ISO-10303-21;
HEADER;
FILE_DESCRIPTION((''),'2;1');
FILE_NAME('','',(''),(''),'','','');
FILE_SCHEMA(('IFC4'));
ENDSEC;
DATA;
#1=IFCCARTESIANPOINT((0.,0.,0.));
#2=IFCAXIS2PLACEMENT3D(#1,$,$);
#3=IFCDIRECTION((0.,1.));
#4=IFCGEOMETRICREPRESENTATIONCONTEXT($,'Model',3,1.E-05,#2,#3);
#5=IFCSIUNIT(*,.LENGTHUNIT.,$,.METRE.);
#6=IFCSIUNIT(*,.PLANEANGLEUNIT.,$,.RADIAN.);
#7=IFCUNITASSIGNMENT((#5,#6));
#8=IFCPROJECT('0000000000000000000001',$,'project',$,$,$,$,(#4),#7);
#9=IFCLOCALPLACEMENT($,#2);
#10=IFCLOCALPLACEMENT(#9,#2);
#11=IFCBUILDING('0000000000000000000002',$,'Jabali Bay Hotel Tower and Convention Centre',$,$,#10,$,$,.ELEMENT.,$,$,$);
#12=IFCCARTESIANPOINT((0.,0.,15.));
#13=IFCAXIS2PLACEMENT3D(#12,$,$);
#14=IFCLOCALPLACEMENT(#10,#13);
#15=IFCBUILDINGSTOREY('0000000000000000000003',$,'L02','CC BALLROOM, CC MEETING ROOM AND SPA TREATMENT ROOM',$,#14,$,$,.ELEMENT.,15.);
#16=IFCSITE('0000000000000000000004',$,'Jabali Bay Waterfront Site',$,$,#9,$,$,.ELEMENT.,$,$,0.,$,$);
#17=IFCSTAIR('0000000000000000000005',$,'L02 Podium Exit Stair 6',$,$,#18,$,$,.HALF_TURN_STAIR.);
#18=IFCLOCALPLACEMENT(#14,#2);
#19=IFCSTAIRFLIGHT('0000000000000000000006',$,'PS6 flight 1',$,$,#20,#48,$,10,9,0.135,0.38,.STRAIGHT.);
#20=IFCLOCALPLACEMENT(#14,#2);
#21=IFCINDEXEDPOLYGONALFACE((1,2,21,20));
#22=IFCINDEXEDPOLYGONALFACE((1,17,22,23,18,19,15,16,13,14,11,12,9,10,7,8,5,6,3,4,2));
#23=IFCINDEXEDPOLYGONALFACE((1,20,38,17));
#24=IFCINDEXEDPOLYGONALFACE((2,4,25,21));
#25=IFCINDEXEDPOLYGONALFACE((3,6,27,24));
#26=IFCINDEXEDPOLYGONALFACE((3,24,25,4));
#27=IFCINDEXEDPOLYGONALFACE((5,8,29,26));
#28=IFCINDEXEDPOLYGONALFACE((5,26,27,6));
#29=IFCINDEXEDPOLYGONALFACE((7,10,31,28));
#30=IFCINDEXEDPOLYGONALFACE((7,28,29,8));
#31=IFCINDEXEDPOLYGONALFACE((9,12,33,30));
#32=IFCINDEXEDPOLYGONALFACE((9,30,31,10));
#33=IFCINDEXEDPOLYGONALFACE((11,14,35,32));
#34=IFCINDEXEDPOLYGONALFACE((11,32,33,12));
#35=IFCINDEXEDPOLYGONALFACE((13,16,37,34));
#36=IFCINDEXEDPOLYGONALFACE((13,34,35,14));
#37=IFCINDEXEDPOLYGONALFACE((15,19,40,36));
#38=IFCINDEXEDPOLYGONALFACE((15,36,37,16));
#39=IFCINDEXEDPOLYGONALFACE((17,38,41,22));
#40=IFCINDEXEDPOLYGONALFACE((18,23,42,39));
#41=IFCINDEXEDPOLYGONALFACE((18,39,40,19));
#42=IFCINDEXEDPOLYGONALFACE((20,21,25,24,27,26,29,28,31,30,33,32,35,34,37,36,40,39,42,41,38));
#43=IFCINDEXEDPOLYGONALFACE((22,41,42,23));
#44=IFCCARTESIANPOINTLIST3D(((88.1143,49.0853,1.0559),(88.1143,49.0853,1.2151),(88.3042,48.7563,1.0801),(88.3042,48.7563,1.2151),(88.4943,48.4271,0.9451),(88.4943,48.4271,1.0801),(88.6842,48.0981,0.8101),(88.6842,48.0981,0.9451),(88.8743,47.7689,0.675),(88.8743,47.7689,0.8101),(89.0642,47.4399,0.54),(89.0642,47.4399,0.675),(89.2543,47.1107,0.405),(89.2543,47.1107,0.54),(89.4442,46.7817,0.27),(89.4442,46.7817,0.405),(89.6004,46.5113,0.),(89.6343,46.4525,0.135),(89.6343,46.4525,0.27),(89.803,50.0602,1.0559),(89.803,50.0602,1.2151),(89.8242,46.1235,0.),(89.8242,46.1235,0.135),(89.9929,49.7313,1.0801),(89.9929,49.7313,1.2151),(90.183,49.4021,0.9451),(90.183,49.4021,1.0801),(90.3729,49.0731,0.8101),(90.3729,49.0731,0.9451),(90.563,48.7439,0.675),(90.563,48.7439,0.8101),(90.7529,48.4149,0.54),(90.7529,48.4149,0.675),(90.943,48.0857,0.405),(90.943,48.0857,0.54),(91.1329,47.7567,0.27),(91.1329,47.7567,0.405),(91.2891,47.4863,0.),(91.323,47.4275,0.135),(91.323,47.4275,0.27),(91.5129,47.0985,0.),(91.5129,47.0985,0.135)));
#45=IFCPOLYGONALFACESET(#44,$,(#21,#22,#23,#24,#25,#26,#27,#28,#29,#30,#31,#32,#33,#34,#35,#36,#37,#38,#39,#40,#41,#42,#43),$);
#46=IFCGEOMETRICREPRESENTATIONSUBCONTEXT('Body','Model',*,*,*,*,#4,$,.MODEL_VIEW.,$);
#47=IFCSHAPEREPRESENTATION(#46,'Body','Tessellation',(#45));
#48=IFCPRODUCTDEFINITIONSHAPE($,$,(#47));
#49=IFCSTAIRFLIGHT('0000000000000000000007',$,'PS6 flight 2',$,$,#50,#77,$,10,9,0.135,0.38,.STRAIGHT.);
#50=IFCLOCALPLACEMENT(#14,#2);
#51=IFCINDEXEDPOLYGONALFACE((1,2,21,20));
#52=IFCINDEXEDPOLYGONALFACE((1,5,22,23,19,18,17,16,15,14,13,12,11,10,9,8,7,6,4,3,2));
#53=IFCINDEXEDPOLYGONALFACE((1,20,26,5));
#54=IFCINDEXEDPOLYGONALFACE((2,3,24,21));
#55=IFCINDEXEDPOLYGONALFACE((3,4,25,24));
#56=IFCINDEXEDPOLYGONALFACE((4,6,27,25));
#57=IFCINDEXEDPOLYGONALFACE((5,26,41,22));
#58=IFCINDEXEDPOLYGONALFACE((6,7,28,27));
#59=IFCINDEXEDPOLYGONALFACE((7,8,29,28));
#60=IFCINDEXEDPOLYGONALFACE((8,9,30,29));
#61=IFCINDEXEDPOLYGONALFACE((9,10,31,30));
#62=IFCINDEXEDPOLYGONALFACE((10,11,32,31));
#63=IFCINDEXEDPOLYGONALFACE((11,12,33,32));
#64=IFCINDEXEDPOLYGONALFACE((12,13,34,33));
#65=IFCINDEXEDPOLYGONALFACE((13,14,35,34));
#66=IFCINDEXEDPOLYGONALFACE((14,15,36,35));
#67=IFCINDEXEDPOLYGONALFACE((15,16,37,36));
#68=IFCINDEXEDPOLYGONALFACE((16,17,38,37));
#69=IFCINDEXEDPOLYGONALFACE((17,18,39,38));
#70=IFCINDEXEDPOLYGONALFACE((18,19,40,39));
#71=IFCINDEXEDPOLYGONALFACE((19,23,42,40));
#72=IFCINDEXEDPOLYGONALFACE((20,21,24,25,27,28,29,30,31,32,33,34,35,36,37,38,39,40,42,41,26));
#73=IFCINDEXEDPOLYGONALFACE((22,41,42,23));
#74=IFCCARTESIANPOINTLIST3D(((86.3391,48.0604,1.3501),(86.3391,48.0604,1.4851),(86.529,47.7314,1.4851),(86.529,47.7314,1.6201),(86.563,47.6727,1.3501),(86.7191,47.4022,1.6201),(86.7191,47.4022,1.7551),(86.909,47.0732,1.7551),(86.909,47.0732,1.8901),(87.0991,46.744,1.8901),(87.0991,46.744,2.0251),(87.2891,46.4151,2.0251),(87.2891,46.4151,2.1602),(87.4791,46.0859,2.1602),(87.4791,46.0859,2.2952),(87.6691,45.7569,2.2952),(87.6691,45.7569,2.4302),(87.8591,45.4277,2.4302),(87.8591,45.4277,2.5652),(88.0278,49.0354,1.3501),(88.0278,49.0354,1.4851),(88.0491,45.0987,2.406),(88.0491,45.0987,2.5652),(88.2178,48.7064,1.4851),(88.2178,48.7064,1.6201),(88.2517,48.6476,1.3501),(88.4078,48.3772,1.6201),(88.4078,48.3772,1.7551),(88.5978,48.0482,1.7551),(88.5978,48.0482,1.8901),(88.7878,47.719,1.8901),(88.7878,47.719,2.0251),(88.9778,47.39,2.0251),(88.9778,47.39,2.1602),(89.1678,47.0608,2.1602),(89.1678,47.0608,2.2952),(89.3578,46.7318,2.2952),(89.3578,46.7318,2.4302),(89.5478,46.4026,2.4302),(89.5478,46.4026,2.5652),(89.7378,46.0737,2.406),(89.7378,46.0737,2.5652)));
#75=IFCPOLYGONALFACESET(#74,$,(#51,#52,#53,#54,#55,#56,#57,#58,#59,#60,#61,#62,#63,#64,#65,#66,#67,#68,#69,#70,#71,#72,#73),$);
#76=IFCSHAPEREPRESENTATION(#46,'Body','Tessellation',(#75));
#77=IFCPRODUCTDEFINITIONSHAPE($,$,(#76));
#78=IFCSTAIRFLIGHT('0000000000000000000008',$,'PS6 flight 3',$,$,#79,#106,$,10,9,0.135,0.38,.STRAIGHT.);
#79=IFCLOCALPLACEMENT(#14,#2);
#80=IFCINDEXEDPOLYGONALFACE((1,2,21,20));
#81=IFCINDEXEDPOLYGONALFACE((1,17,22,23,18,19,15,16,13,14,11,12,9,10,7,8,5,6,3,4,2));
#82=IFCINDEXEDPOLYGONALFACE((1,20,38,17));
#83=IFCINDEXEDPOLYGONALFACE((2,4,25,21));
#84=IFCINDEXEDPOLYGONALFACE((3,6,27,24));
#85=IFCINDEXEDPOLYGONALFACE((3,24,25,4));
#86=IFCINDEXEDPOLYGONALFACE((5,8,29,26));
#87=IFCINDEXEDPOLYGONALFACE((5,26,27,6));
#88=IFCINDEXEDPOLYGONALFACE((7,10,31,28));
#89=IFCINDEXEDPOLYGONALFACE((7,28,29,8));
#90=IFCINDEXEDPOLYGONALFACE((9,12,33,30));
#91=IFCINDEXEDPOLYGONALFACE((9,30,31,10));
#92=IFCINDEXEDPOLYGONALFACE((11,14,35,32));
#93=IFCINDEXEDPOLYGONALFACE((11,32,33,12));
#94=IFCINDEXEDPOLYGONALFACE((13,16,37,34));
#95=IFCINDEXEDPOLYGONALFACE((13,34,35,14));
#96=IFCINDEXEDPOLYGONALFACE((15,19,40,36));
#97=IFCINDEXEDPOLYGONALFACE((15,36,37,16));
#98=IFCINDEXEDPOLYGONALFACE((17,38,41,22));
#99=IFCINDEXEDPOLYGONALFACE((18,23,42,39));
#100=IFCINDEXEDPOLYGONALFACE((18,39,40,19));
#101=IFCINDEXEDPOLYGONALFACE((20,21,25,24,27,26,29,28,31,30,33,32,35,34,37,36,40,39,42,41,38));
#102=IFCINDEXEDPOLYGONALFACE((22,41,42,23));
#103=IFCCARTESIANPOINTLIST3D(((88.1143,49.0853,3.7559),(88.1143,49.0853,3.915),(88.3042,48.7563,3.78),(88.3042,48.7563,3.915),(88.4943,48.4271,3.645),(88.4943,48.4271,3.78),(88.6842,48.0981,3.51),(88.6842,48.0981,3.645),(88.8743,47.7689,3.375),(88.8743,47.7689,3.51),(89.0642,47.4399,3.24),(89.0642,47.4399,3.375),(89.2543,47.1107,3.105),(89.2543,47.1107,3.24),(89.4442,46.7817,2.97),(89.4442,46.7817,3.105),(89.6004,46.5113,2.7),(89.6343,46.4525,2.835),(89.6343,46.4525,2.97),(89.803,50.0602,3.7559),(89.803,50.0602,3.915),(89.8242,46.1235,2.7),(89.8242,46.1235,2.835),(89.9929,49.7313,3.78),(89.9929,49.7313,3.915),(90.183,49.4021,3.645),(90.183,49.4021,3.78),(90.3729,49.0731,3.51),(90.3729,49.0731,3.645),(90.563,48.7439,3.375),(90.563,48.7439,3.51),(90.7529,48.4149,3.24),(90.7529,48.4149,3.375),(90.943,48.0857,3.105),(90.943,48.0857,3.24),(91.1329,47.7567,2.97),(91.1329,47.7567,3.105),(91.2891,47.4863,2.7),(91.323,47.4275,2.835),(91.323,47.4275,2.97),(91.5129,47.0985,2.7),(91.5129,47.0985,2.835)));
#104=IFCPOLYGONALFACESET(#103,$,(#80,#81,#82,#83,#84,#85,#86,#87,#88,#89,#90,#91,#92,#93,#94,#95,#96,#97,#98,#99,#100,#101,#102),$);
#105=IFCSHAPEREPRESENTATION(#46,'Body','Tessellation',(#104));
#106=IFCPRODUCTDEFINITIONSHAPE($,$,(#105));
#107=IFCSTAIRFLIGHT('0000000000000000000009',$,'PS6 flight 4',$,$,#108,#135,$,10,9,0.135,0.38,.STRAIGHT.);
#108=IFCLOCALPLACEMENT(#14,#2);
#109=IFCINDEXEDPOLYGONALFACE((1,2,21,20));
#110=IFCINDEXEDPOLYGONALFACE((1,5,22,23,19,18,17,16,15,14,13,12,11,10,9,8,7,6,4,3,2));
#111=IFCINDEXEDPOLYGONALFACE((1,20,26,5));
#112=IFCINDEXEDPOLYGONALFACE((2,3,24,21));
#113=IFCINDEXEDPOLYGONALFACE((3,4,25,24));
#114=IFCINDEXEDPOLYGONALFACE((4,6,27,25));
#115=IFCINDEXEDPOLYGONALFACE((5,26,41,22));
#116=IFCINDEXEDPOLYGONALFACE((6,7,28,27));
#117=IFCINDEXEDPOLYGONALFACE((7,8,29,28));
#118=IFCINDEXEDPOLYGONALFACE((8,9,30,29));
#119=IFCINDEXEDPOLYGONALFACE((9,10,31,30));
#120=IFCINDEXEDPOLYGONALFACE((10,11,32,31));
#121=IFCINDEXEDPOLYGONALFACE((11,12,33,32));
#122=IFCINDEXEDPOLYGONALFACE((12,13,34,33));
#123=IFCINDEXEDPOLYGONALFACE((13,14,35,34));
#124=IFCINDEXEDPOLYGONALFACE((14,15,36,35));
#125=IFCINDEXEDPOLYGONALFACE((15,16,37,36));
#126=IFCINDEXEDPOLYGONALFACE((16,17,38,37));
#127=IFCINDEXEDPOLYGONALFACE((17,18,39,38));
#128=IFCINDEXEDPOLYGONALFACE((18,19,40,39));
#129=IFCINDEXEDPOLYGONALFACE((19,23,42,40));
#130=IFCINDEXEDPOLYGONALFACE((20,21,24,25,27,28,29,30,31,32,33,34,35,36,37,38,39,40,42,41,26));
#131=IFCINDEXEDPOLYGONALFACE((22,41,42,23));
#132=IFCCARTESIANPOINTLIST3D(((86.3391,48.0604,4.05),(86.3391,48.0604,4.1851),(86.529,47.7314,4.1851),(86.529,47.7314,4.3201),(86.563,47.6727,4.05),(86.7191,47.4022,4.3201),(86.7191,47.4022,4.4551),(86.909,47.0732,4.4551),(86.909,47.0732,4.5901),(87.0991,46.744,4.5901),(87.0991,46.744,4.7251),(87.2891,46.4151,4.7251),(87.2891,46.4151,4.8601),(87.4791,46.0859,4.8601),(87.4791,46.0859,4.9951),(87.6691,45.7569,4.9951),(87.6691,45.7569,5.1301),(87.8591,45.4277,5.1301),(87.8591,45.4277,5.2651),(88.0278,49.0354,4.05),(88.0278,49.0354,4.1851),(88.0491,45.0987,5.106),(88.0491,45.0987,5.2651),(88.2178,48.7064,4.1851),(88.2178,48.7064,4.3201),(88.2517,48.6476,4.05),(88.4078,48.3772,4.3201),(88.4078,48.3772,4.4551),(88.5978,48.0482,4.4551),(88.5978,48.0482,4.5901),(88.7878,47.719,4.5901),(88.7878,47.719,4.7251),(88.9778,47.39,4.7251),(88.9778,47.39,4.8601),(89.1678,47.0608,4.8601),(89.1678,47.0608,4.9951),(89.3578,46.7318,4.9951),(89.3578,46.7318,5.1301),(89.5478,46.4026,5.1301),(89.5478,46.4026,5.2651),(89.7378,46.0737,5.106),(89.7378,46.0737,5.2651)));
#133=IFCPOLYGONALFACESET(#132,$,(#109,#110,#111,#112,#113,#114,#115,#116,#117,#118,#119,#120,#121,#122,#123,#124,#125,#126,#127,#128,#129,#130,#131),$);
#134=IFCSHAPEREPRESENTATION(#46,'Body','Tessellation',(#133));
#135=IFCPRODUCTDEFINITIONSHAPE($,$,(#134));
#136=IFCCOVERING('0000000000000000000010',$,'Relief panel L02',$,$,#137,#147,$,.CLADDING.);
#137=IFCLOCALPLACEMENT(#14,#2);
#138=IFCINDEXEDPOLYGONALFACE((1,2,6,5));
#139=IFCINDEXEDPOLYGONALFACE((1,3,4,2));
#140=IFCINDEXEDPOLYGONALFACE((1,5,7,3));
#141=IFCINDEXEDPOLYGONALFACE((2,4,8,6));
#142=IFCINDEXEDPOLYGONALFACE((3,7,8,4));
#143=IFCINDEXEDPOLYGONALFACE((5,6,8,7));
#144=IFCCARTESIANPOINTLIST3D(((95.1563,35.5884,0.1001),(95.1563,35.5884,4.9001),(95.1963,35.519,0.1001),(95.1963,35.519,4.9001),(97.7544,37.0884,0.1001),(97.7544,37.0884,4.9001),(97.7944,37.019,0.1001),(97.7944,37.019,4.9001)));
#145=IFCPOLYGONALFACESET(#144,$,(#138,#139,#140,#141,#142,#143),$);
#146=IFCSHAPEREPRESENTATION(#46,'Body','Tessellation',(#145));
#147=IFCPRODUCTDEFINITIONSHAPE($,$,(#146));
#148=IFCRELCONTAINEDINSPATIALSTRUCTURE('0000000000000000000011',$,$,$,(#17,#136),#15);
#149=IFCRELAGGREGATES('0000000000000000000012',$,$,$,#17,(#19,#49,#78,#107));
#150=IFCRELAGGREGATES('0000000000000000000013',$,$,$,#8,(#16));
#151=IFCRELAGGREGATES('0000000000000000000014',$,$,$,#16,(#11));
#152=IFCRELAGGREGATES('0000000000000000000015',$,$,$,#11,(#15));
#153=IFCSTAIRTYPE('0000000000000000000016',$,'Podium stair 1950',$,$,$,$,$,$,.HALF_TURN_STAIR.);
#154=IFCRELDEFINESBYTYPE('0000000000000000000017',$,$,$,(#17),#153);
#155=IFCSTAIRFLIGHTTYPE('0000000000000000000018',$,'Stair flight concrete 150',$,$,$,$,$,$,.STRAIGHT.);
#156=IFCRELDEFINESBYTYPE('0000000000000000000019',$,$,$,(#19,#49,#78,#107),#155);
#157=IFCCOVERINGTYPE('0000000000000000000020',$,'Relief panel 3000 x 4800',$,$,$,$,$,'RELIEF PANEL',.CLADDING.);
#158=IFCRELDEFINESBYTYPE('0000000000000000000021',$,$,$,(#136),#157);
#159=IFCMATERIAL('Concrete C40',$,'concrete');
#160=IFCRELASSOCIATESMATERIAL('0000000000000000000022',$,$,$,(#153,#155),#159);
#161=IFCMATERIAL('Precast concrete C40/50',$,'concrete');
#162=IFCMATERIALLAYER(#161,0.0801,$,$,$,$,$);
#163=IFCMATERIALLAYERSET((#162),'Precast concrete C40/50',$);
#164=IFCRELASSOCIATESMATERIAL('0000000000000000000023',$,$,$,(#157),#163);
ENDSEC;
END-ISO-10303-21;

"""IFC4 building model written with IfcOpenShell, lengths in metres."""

from ifc_helpers import new_model, si_unit, direction, frame, origin, origin_2d, place, context, subcontext, project, spatial, polyline, rectangle, outline, extrude, material, layer, layer_set, type_object, element, aggregate, save


model = new_model("IFC4")

# Units and contexts
model_context = context("Model", 3, precision=1e-05, world=origin(), true_north=direction((0.0, 1.0)))
body_context = subcontext(model_context, "Body", "Model", "MODEL_VIEW")
ifc_project = project(units=[si_unit("LENGTHUNIT", "METRE"), si_unit("PLANEANGLEUNIT", "RADIAN")], contexts=[model_context])

# Site, building, storey
site_placement = place(None, origin())
site = spatial("IfcSite", under=ifc_project, at=site_placement, Name="Jabali Bay Waterfront Site", CompositionType="ELEMENT", RefElevation=0.0)
building_placement = place(site_placement, origin())
building = spatial("IfcBuilding", under=site, at=building_placement, Name="Jabali Bay Hotel Tower and Convention Centre", CompositionType="ELEMENT")
storey_placement = place(building_placement, frame((0.0, 0.0, 15.0)))
storey = spatial("IfcBuildingStorey", under=building, at=storey_placement, Name="L02", Description="CC BALLROOM, CC MEETING ROOM AND SPA TREATMENT ROOM", CompositionType="ELEMENT", Elevation=15.0)

# Shared definitions
ifc_material_1 = material(Name="Concrete C40", Category="concrete")

# Stair, stair flights
stair_type = type_object("IfcStairType", Name="Podium stair 1950", PredefinedType="HALF_TURN_STAIR", material=ifc_material_1)
stair_placement = place(storey_placement, origin())
stair = element("IfcStair", 1, at=stair_placement, inside=storey, type_object=stair_type, Name="L02 Podium Exit Stair 6", PredefinedType="HALF_TURN_STAIR")
stair_flight_type = type_object("IfcStairFlightType", Name="Stair flight concrete 150", PredefinedType="STRAIGHT", material=ifc_material_1)
stair_flight_1_placement = place(storey_placement, frame((90.6687, 46.6111, 0.0), z_axis=(0.0, 0.0, 1.0), x_axis=(-0.5, 0.866025, 0.0)))
stair_flight_1 = element("IfcStairFlight", 2, at=stair_flight_1_placement, type_object=stair_flight_type, Name="PS6 flight 1", NumberOfRisers=10, NumberOfTreads=9, PredefinedType="STRAIGHT", RiserHeight=0.135, TreadLength=0.38, context=body_context, shape_type="SweptSolid", body=[
    extrude(outline(polyline([(0.0, 0.0), (0.0, 0.135), (0.3799, 0.135), (0.3799, 0.27), (0.76, 0.27), (0.76, 0.405), (1.1399, 0.405), (1.1399, 0.54), (1.52, 0.54), (1.52, 0.675), (1.8999, 0.675), (1.8999, 0.8101), (2.28, 0.8101), (2.28, 0.9451), (2.6599, 0.9451), (2.6599, 1.0801), (3.04, 1.0801), (3.04, 1.2151), (3.4199, 1.2151), (3.4199, 1.3501), (3.4199, 1.0559), (0.4478, 0.0), (0.0, 0.0)])), frame((0.0, 0.9751, 0.0), z_axis=(0.0, -1.0, 0.0), x_axis=(1.0, 0.0, 0.0)), (0.0, 0.0, 1.0), 1.95),
])
stair_flight_2_placement = place(storey_placement, frame((87.1833, 48.5479, 1.3501), z_axis=(0.0, 0.0, 1.0), x_axis=(0.5, -0.866025, 0.0)))
stair_flight_2 = element("IfcStairFlight", 3, at=stair_flight_2_placement, type_object=stair_flight_type, Name="PS6 flight 2", NumberOfRisers=10, NumberOfTreads=9, PredefinedType="STRAIGHT", RiserHeight=0.135, TreadLength=0.38, context=body_context, shape_type="SweptSolid", body=[
    extrude(outline(polyline([(0.0, 0.0), (0.0, 0.135), (0.3799, 0.135), (0.3799, 0.27), (0.76, 0.27), (0.76, 0.405), (1.1399, 0.405), (1.1399, 0.54), (1.52, 0.54), (1.52, 0.675), (1.8999, 0.675), (1.8999, 0.8101), (2.28, 0.8101), (2.28, 0.9451), (2.6599, 0.9451), (2.6599, 1.0801), (3.04, 1.0801), (3.04, 1.2151), (3.4199, 1.2151), (3.4199, 1.3501), (3.4199, 1.0559), (0.4478, 0.0), (0.0, 0.0)])), frame((0.0, 0.9751, 0.0), z_axis=(0.0, -1.0, 0.0), x_axis=(1.0, 0.0, 0.0)), (0.0, 0.0, 1.0), 1.95),
])
stair_flight_3_placement = place(storey_placement, frame((90.6687, 46.6111, 2.7), z_axis=(0.0, 0.0, 1.0), x_axis=(-0.5, 0.866025, 0.0)))
stair_flight_3 = element("IfcStairFlight", 4, at=stair_flight_3_placement, type_object=stair_flight_type, Name="PS6 flight 3", NumberOfRisers=10, NumberOfTreads=9, PredefinedType="STRAIGHT", RiserHeight=0.135, TreadLength=0.38, context=body_context, shape_type="SweptSolid", body=[
    extrude(outline(polyline([(0.0, 0.0), (0.0, 0.135), (0.3799, 0.135), (0.3799, 0.27), (0.76, 0.27), (0.76, 0.405), (1.1399, 0.405), (1.1399, 0.54), (1.52, 0.54), (1.52, 0.675), (1.8999, 0.675), (1.8999, 0.8101), (2.28, 0.8101), (2.28, 0.9451), (2.6599, 0.9451), (2.6599, 1.0801), (3.04, 1.0801), (3.04, 1.2151), (3.4199, 1.2151), (3.4199, 1.3501), (3.4199, 1.0559), (0.4478, 0.0), (0.0, 0.0)])), frame((0.0, 0.9751, 0.0), z_axis=(0.0, -1.0, 0.0), x_axis=(1.0, 0.0, 0.0)), (0.0, 0.0, 1.0), 1.95),
])
stair_flight_4_placement = place(storey_placement, frame((87.1833, 48.5479, 4.05), z_axis=(0.0, 0.0, 1.0), x_axis=(0.5, -0.866025, 0.0)))
stair_flight_4 = element("IfcStairFlight", 5, at=stair_flight_4_placement, type_object=stair_flight_type, Name="PS6 flight 4", NumberOfRisers=10, NumberOfTreads=9, PredefinedType="STRAIGHT", RiserHeight=0.135, TreadLength=0.38, context=body_context, shape_type="SweptSolid", body=[
    extrude(outline(polyline([(0.0, 0.0), (0.0, 0.135), (0.3799, 0.135), (0.3799, 0.27), (0.76, 0.27), (0.76, 0.405), (1.1399, 0.405), (1.1399, 0.54), (1.52, 0.54), (1.52, 0.675), (1.8999, 0.675), (1.8999, 0.8101), (2.28, 0.8101), (2.28, 0.9451), (2.6599, 0.9451), (2.6599, 1.0801), (3.04, 1.0801), (3.04, 1.2151), (3.4199, 1.2151), (3.4199, 1.3501), (3.4199, 1.0559), (0.4478, 0.0), (0.0, 0.0)])), frame((0.0, 0.9751, 0.0), z_axis=(0.0, -1.0, 0.0), x_axis=(1.0, 0.0, 0.0)), (0.0, 0.0, 1.0), 1.95),
])
aggregate(stair, [stair_flight_1, stair_flight_2, stair_flight_3, stair_flight_4])

# Covering
ifc_material_2 = material(Name="Precast concrete C40/50", Category="concrete")
ifc_layer_1 = layer(ifc_material_2, 0.0801)
ifc_layer_set_1 = layer_set([ifc_layer_1], Name="Precast concrete C40/50")
covering_type = type_object("IfcCoveringType", Name="Relief panel 3000 x 4800", ElementType="RELIEF PANEL", PredefinedType="CLADDING", material=ifc_layer_set_1)
covering_placement = place(storey_placement, frame((96.4753, 36.3037, 0.1001), z_axis=(0.0, 0.0, 1.0), x_axis=(-0.866025, -0.5, 0.0)))
element("IfcCovering", 6, at=covering_placement, inside=storey, type_object=covering_type, Name="Relief panel L02", PredefinedType="CLADDING", context=body_context, shape_type="SweptSolid", body=[
    extrude(rectangle(XDim=3.0, YDim=0.0801, at=origin_2d()), origin(), (0.0, 0.0, 1.0), 4.8),
])

save(model, "model.ifc")
